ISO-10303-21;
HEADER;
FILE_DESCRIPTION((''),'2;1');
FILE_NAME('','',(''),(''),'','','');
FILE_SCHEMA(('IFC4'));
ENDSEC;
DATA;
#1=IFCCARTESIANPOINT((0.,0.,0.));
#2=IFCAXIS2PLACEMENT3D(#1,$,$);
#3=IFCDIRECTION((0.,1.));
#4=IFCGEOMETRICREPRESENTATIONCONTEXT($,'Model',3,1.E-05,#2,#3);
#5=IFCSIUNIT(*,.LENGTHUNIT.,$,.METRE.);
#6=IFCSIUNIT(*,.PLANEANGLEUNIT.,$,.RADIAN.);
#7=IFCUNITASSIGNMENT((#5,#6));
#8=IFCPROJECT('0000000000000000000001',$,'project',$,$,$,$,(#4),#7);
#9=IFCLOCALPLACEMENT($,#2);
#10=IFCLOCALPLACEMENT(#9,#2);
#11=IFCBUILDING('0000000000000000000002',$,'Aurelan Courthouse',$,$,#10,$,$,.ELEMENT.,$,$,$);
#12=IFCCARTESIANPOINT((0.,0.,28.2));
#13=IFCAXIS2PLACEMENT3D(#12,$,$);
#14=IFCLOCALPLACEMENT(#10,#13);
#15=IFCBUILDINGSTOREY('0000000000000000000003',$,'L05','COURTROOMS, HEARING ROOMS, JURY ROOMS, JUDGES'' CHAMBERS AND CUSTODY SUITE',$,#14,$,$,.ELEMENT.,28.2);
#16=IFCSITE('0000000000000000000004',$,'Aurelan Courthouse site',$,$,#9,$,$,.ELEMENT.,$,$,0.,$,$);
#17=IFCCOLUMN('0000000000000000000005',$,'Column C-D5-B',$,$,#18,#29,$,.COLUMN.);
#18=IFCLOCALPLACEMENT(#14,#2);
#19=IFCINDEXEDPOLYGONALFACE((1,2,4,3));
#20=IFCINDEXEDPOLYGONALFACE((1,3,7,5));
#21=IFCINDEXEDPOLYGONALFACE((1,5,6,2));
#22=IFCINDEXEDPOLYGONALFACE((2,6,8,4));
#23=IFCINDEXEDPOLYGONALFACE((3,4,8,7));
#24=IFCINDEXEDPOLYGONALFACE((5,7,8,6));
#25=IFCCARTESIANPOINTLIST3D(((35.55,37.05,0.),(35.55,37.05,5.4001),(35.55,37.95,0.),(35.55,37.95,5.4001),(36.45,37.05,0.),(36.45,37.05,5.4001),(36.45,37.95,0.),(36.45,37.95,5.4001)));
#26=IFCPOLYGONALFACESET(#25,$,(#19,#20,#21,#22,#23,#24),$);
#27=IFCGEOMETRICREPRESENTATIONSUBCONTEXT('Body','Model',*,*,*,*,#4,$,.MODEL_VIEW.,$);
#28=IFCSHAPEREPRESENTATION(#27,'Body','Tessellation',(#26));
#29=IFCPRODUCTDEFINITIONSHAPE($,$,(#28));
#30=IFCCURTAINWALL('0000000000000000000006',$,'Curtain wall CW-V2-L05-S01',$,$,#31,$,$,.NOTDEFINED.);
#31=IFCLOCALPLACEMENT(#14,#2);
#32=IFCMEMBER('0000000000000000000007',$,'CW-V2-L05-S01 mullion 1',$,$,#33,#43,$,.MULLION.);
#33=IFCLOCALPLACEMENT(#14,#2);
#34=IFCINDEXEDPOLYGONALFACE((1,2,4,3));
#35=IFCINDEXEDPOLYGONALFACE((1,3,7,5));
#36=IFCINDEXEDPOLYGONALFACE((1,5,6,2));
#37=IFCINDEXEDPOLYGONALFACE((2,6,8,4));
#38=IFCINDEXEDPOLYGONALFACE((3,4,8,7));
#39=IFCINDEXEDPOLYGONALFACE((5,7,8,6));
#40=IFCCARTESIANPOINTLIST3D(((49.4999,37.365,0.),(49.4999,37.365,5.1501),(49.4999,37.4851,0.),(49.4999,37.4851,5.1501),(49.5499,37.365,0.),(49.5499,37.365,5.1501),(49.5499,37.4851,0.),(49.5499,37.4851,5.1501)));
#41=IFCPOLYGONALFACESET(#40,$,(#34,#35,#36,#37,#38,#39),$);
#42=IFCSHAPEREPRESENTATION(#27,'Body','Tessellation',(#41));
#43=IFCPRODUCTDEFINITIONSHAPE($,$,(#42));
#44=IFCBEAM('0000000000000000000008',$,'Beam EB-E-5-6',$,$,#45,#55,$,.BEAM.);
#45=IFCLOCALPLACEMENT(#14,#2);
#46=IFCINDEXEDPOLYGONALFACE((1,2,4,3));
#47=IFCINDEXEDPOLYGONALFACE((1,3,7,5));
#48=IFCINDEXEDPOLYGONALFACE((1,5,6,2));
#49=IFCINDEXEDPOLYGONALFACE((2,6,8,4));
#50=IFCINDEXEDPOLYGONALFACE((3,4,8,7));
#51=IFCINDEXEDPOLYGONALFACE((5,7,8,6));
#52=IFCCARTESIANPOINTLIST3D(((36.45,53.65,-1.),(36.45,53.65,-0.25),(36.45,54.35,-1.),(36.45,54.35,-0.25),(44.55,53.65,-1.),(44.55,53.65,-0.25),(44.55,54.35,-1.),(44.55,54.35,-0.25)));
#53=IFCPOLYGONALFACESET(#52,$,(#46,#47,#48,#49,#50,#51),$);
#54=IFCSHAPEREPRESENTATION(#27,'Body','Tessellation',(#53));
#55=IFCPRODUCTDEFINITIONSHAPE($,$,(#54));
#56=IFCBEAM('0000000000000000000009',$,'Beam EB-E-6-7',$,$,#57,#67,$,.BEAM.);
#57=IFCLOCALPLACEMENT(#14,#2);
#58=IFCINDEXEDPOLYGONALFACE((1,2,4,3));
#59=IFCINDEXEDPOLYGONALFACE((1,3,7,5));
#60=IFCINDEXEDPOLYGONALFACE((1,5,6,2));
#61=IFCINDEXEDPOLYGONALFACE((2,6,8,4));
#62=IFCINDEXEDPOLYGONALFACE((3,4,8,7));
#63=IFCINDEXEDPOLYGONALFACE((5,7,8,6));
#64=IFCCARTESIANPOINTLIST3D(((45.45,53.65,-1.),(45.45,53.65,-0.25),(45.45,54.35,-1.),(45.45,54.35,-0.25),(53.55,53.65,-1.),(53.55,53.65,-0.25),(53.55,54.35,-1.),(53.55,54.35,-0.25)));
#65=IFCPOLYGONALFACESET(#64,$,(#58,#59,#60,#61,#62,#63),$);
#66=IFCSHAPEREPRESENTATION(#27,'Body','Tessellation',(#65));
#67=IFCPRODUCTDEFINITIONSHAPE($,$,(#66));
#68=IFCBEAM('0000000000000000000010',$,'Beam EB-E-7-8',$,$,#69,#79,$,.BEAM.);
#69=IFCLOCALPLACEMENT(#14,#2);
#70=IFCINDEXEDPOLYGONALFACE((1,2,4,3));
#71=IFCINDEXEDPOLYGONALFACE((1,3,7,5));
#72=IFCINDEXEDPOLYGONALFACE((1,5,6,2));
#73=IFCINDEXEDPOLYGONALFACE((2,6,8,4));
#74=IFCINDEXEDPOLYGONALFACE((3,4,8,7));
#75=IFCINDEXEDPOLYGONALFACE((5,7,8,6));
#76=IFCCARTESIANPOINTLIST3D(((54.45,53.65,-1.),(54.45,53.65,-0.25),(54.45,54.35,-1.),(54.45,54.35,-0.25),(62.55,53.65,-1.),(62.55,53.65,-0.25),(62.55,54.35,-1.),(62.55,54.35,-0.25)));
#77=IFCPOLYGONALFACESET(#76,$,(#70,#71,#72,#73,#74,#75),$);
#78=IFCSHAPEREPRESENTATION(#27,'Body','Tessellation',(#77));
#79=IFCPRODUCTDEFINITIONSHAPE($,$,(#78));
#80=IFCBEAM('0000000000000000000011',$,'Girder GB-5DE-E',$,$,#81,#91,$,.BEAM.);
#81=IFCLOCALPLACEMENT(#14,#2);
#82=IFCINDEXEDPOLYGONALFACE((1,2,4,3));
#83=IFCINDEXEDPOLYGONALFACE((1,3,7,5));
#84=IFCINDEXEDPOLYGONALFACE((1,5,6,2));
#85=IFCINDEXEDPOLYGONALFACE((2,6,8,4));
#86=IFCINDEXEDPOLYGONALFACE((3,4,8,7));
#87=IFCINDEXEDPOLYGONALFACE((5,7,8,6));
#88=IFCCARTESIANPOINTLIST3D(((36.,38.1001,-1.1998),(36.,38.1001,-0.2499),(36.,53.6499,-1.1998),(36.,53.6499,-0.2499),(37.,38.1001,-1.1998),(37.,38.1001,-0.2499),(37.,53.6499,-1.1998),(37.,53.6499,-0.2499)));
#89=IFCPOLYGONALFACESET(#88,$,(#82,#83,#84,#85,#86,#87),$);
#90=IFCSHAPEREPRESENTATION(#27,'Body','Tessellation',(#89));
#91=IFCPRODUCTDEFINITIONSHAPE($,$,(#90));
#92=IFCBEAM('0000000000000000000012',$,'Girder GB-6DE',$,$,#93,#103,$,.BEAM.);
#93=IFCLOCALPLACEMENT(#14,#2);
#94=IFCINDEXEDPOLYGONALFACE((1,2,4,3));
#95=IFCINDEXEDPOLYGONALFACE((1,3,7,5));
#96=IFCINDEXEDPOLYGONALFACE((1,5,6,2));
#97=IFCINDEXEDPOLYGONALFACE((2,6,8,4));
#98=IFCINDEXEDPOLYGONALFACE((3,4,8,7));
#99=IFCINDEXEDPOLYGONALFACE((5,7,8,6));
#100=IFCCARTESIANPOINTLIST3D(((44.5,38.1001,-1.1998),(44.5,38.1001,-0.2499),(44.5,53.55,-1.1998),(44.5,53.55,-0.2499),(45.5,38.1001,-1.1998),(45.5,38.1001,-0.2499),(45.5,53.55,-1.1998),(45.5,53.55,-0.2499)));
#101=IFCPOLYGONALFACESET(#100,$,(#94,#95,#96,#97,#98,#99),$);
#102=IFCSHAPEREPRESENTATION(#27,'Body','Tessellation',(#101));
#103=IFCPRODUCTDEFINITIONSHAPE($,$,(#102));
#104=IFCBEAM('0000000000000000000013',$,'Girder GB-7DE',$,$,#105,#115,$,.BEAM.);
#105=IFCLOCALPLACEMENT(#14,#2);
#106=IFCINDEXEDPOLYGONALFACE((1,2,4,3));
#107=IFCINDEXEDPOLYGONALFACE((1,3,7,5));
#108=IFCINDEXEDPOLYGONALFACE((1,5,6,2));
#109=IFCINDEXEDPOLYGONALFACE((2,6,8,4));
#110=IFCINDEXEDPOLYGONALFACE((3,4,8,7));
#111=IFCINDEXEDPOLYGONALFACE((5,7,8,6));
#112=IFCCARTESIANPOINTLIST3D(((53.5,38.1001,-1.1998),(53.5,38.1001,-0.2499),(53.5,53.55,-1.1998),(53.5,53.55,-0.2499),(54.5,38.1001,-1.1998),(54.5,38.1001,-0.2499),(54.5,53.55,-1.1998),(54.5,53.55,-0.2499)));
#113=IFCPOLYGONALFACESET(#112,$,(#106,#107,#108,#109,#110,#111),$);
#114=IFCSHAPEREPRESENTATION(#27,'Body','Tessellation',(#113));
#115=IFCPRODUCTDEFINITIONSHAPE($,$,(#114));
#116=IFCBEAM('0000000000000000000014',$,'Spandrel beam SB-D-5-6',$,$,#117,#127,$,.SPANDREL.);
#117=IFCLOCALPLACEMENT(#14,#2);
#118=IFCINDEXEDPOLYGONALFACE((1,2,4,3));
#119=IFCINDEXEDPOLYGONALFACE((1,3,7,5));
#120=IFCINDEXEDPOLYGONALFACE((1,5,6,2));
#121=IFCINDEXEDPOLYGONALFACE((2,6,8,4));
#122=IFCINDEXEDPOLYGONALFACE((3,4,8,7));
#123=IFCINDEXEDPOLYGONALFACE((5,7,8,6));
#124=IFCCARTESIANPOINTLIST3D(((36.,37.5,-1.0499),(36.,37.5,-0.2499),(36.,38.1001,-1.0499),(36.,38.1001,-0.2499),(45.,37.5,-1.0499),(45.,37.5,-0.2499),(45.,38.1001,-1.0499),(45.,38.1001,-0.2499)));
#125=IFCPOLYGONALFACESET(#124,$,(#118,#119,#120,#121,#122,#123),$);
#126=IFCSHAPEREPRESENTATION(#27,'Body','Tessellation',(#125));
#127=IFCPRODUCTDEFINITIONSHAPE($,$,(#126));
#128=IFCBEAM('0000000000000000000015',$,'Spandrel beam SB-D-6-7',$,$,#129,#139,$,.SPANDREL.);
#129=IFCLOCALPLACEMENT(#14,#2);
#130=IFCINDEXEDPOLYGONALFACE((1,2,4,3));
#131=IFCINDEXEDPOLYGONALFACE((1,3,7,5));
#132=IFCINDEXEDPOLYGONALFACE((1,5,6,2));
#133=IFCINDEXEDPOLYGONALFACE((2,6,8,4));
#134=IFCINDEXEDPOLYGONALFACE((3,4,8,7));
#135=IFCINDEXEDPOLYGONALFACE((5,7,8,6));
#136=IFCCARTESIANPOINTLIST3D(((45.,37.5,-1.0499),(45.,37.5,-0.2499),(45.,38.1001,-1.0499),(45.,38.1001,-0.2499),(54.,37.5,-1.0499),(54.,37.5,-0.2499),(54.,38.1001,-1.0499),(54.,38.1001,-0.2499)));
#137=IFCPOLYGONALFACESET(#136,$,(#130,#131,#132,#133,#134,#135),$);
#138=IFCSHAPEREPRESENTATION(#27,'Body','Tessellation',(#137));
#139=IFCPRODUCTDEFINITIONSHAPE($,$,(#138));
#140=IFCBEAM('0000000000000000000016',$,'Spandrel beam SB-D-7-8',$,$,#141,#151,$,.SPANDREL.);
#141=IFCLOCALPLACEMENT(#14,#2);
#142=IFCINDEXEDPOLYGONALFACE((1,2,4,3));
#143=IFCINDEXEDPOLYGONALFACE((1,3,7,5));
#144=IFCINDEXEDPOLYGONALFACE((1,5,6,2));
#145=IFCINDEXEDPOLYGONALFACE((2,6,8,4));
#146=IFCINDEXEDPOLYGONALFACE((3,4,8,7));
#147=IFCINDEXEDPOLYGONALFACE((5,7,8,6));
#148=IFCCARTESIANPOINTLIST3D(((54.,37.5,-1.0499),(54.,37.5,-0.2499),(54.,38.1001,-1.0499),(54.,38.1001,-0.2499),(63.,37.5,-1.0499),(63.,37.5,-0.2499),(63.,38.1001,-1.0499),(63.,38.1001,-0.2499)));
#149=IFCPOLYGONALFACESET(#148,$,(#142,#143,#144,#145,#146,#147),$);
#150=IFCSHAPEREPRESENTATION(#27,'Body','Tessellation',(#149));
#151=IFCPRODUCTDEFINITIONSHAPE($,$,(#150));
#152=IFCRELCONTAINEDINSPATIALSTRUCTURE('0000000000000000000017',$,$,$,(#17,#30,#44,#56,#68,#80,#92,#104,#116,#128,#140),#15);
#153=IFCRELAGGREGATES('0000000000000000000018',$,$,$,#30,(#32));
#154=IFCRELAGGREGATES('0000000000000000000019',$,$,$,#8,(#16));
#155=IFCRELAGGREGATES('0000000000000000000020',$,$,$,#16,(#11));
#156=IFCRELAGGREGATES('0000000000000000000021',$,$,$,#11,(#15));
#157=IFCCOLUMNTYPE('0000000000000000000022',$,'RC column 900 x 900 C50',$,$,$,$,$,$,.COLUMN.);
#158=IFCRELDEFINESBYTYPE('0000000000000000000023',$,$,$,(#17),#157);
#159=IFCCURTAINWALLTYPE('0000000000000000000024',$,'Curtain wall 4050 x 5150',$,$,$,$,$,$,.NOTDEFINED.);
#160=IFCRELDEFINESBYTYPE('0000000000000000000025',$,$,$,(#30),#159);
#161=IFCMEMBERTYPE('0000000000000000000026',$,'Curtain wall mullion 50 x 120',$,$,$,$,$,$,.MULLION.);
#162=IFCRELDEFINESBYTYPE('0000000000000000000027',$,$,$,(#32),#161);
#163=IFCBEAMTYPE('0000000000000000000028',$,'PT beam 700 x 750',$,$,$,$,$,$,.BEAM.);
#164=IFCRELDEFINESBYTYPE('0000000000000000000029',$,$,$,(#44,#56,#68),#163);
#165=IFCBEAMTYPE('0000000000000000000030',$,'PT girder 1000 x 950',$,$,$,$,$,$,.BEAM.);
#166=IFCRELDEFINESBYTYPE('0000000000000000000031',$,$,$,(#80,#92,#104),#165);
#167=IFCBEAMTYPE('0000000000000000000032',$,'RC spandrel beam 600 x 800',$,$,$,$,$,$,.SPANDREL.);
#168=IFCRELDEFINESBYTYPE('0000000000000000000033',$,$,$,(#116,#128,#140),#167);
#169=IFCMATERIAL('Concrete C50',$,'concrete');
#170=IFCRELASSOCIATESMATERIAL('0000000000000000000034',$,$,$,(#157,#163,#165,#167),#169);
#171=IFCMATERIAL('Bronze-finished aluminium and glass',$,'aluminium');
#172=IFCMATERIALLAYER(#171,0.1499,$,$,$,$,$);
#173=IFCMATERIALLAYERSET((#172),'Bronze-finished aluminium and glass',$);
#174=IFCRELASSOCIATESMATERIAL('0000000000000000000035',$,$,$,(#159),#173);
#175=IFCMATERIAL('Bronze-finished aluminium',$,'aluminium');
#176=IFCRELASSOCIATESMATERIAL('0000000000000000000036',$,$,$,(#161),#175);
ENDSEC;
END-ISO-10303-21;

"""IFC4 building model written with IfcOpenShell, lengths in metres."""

from ifc_helpers import new_model, si_unit, direction, frame, origin, origin_2d, place, context, subcontext, project, spatial, rectangle, extrude, material, layer, layer_set, material_profile, profile_set, type_object, element, aggregate, save


model = new_model("IFC4")

# Units and contexts
model_context = context("Model", 3, precision=1e-05, world=origin(), true_north=direction((0.0, 1.0)))
body_context = subcontext(model_context, "Body", "Model", "MODEL_VIEW")
ifc_project = project(units=[si_unit("LENGTHUNIT", "METRE"), si_unit("PLANEANGLEUNIT", "RADIAN")], contexts=[model_context])

# Site, building, storey
site_placement = place(None, origin())
site = spatial("IfcSite", under=ifc_project, at=site_placement, Name="Aurelan Courthouse site", CompositionType="ELEMENT", RefElevation=0.0)
building_placement = place(site_placement, origin())
building = spatial("IfcBuilding", under=site, at=building_placement, Name="Aurelan Courthouse", CompositionType="ELEMENT")
storey_placement = place(building_placement, frame((0.0, 0.0, 28.2)))
storey = spatial("IfcBuildingStorey", under=building, at=storey_placement, Name="L05", Description="COURTROOMS, HEARING ROOMS, JURY ROOMS, JUDGES' CHAMBERS AND CUSTODY SUITE", CompositionType="ELEMENT", Elevation=28.2)

# Column
ifc_material_1 = material(Name="Concrete C50", Category="concrete")
ifc_material_profile_1 = material_profile(ifc_material_1, rectangle(XDim=0.8999, YDim=0.8999, at=origin_2d()), Name="RC 900 x 900")
ifc_profile_set_1 = profile_set([ifc_material_profile_1], Name="Concrete C50")
column_type = type_object("IfcColumnType", Name="RC column 900 x 900 C50", PredefinedType="COLUMN", material=ifc_profile_set_1)
column_placement = place(storey_placement, frame((36.0, 37.5, 0.0), z_axis=(0.0, 0.0, 1.0), x_axis=(1.0, 0.0, 0.0)))
element("IfcColumn", 1, at=column_placement, inside=storey, type_object=column_type, Name="Column C-D5-B", PredefinedType="COLUMN", context=body_context, shape_type="SweptSolid", body=[
    extrude(rectangle(XDim=0.8999, YDim=0.8999, at=origin_2d()), origin(), (0.0, 0.0, 1.0), 5.4001),
])

# Curtain wall, member
ifc_material_2 = material(Name="Bronze-finished aluminium and glass", Category="aluminium")
ifc_layer_1 = layer(ifc_material_2, 0.1499)
ifc_layer_set_1 = layer_set([ifc_layer_1], Name="Bronze-finished aluminium and glass")
curtain_wall_type = type_object("IfcCurtainWallType", Name="Curtain wall 4050 x 5150", PredefinedType="NOTDEFINED", material=ifc_layer_set_1)
curtain_wall_placement = place(storey_placement, origin())
curtain_wall = element("IfcCurtainWall", 2, at=curtain_wall_placement, inside=storey, type_object=curtain_wall_type, Name="Curtain wall CW-V2-L05-S01", PredefinedType="NOTDEFINED")
ifc_material_3 = material(Name="Bronze-finished aluminium", Category="aluminium")
ifc_material_profile_2 = material_profile(ifc_material_3, rectangle(XDim=0.1201, YDim=0.05, at=origin_2d()), Name="Bronze mullion 50 x 120")
ifc_profile_set_2 = profile_set([ifc_material_profile_2], Name="Bronze-finished aluminium")
member_type = type_object("IfcMemberType", Name="Curtain wall mullion 50 x 120", PredefinedType="MULLION", material=ifc_profile_set_2)
member_placement = place(storey_placement, frame((49.5249, 37.425, 0.0), z_axis=(0.0, 0.0, 1.0), x_axis=(0.0, 1.0, 0.0)))
member = element("IfcMember", 3, at=member_placement, type_object=member_type, Name="CW-V2-L05-S01 mullion 1", PredefinedType="MULLION", context=body_context, shape_type="SweptSolid", body=[
    extrude(rectangle(XDim=0.1201, YDim=0.05, at=origin_2d()), origin(), (0.0, 0.0, 1.0), 5.1501),
])
aggregate(curtain_wall, [member])

# Beams
ifc_material_profile_3 = material_profile(ifc_material_1, rectangle(XDim=0.7, YDim=0.75, at=origin_2d()), Name="RC 700 x 750")
ifc_profile_set_3 = profile_set([ifc_material_profile_3], Name="Concrete C50")
beam_type_1 = type_object("IfcBeamType", Name="PT beam 700 x 750", PredefinedType="BEAM", material=ifc_profile_set_3)
for number, where, z_axis, x_axis, name in (
    (4, (36.45, 54.0, -0.625), (1.0, 0.0, 0.0), (0.0, 1.0, 0.0), "Beam EB-E-5-6"),
    (5, (45.45, 54.0, -0.625), (1.0, 0.0, 0.0), (0.0, 1.0, 0.0), "Beam EB-E-6-7"),
    (6, (54.45, 54.0, -0.625), (1.0, 0.0, 0.0), (0.0, 1.0, 0.0), "Beam EB-E-7-8"),
):
    element("IfcBeam", number, at=place(storey_placement, frame(where, z_axis=z_axis, x_axis=x_axis)), inside=storey, type_object=beam_type_1, Name=name, PredefinedType="BEAM", context=body_context, shape_type="SweptSolid", body=[
        extrude(rectangle(XDim=0.7, YDim=0.75, at=origin_2d()), origin(), (0.0, 0.0, 1.0), 8.1001),
    ])
ifc_material_profile_4 = material_profile(ifc_material_1, rectangle(XDim=1.0, YDim=0.95, at=origin_2d()), Name="RC 1000 x 950")
ifc_profile_set_4 = profile_set([ifc_material_profile_4], Name="Concrete C50")
beam_type_2 = type_object("IfcBeamType", Name="PT girder 1000 x 950", PredefinedType="BEAM", material=ifc_profile_set_4)
beam_placement = place(storey_placement, frame((36.5, 38.1001, -0.7249), z_axis=(0.0, 1.0, 0.0), x_axis=(-1.0, 0.0, 0.0)))
element("IfcBeam", 7, at=beam_placement, inside=storey, type_object=beam_type_2, Name="Girder GB-5DE-E", PredefinedType="BEAM", context=body_context, shape_type="SweptSolid", body=[
    extrude(rectangle(XDim=1.0, YDim=0.95, at=origin_2d()), origin(), (0.0, 0.0, 1.0), 15.5498),
])
for number, where, z_axis, x_axis, name in (
    (8, (45.0, 38.1001, -0.7249), (0.0, 1.0, 0.0), (-1.0, 0.0, 0.0), "Girder GB-6DE"),
    (9, (54.0, 38.1001, -0.7249), (0.0, 1.0, 0.0), (-1.0, 0.0, 0.0), "Girder GB-7DE"),
):
    element("IfcBeam", number, at=place(storey_placement, frame(where, z_axis=z_axis, x_axis=x_axis)), inside=storey, type_object=beam_type_2, Name=name, PredefinedType="BEAM", context=body_context, shape_type="SweptSolid", body=[
        extrude(rectangle(XDim=1.0, YDim=0.95, at=origin_2d()), origin(), (0.0, 0.0, 1.0), 15.45),
    ])
ifc_material_profile_5 = material_profile(ifc_material_1, rectangle(XDim=0.6001, YDim=0.8, at=origin_2d()), Name="RC 600 x 800")
ifc_profile_set_5 = profile_set([ifc_material_profile_5], Name="Concrete C50")
beam_type_3 = type_object("IfcBeamType", Name="RC spandrel beam 600 x 800", PredefinedType="SPANDREL", material=ifc_profile_set_5)
for number, where, z_axis, x_axis, name in (
    (10, (36.0, 37.8, -0.6499), (1.0, 0.0, 0.0), (0.0, 1.0, 0.0), "Spandrel beam SB-D-5-6"),
    (11, (45.0, 37.8, -0.6499), (1.0, 0.0, 0.0), (0.0, 1.0, 0.0), "Spandrel beam SB-D-6-7"),
    (12, (54.0, 37.8, -0.6499), (1.0, 0.0, 0.0), (0.0, 1.0, 0.0), "Spandrel beam SB-D-7-8"),
):
    element("IfcBeam", number, at=place(storey_placement, frame(where, z_axis=z_axis, x_axis=x_axis)), inside=storey, type_object=beam_type_3, Name=name, PredefinedType="SPANDREL", context=body_context, shape_type="SweptSolid", body=[
        extrude(rectangle(XDim=0.6001, YDim=0.8, at=origin_2d()), origin(), (0.0, 0.0, 1.0), 9.0),
    ])

save(model, "model.ifc")
